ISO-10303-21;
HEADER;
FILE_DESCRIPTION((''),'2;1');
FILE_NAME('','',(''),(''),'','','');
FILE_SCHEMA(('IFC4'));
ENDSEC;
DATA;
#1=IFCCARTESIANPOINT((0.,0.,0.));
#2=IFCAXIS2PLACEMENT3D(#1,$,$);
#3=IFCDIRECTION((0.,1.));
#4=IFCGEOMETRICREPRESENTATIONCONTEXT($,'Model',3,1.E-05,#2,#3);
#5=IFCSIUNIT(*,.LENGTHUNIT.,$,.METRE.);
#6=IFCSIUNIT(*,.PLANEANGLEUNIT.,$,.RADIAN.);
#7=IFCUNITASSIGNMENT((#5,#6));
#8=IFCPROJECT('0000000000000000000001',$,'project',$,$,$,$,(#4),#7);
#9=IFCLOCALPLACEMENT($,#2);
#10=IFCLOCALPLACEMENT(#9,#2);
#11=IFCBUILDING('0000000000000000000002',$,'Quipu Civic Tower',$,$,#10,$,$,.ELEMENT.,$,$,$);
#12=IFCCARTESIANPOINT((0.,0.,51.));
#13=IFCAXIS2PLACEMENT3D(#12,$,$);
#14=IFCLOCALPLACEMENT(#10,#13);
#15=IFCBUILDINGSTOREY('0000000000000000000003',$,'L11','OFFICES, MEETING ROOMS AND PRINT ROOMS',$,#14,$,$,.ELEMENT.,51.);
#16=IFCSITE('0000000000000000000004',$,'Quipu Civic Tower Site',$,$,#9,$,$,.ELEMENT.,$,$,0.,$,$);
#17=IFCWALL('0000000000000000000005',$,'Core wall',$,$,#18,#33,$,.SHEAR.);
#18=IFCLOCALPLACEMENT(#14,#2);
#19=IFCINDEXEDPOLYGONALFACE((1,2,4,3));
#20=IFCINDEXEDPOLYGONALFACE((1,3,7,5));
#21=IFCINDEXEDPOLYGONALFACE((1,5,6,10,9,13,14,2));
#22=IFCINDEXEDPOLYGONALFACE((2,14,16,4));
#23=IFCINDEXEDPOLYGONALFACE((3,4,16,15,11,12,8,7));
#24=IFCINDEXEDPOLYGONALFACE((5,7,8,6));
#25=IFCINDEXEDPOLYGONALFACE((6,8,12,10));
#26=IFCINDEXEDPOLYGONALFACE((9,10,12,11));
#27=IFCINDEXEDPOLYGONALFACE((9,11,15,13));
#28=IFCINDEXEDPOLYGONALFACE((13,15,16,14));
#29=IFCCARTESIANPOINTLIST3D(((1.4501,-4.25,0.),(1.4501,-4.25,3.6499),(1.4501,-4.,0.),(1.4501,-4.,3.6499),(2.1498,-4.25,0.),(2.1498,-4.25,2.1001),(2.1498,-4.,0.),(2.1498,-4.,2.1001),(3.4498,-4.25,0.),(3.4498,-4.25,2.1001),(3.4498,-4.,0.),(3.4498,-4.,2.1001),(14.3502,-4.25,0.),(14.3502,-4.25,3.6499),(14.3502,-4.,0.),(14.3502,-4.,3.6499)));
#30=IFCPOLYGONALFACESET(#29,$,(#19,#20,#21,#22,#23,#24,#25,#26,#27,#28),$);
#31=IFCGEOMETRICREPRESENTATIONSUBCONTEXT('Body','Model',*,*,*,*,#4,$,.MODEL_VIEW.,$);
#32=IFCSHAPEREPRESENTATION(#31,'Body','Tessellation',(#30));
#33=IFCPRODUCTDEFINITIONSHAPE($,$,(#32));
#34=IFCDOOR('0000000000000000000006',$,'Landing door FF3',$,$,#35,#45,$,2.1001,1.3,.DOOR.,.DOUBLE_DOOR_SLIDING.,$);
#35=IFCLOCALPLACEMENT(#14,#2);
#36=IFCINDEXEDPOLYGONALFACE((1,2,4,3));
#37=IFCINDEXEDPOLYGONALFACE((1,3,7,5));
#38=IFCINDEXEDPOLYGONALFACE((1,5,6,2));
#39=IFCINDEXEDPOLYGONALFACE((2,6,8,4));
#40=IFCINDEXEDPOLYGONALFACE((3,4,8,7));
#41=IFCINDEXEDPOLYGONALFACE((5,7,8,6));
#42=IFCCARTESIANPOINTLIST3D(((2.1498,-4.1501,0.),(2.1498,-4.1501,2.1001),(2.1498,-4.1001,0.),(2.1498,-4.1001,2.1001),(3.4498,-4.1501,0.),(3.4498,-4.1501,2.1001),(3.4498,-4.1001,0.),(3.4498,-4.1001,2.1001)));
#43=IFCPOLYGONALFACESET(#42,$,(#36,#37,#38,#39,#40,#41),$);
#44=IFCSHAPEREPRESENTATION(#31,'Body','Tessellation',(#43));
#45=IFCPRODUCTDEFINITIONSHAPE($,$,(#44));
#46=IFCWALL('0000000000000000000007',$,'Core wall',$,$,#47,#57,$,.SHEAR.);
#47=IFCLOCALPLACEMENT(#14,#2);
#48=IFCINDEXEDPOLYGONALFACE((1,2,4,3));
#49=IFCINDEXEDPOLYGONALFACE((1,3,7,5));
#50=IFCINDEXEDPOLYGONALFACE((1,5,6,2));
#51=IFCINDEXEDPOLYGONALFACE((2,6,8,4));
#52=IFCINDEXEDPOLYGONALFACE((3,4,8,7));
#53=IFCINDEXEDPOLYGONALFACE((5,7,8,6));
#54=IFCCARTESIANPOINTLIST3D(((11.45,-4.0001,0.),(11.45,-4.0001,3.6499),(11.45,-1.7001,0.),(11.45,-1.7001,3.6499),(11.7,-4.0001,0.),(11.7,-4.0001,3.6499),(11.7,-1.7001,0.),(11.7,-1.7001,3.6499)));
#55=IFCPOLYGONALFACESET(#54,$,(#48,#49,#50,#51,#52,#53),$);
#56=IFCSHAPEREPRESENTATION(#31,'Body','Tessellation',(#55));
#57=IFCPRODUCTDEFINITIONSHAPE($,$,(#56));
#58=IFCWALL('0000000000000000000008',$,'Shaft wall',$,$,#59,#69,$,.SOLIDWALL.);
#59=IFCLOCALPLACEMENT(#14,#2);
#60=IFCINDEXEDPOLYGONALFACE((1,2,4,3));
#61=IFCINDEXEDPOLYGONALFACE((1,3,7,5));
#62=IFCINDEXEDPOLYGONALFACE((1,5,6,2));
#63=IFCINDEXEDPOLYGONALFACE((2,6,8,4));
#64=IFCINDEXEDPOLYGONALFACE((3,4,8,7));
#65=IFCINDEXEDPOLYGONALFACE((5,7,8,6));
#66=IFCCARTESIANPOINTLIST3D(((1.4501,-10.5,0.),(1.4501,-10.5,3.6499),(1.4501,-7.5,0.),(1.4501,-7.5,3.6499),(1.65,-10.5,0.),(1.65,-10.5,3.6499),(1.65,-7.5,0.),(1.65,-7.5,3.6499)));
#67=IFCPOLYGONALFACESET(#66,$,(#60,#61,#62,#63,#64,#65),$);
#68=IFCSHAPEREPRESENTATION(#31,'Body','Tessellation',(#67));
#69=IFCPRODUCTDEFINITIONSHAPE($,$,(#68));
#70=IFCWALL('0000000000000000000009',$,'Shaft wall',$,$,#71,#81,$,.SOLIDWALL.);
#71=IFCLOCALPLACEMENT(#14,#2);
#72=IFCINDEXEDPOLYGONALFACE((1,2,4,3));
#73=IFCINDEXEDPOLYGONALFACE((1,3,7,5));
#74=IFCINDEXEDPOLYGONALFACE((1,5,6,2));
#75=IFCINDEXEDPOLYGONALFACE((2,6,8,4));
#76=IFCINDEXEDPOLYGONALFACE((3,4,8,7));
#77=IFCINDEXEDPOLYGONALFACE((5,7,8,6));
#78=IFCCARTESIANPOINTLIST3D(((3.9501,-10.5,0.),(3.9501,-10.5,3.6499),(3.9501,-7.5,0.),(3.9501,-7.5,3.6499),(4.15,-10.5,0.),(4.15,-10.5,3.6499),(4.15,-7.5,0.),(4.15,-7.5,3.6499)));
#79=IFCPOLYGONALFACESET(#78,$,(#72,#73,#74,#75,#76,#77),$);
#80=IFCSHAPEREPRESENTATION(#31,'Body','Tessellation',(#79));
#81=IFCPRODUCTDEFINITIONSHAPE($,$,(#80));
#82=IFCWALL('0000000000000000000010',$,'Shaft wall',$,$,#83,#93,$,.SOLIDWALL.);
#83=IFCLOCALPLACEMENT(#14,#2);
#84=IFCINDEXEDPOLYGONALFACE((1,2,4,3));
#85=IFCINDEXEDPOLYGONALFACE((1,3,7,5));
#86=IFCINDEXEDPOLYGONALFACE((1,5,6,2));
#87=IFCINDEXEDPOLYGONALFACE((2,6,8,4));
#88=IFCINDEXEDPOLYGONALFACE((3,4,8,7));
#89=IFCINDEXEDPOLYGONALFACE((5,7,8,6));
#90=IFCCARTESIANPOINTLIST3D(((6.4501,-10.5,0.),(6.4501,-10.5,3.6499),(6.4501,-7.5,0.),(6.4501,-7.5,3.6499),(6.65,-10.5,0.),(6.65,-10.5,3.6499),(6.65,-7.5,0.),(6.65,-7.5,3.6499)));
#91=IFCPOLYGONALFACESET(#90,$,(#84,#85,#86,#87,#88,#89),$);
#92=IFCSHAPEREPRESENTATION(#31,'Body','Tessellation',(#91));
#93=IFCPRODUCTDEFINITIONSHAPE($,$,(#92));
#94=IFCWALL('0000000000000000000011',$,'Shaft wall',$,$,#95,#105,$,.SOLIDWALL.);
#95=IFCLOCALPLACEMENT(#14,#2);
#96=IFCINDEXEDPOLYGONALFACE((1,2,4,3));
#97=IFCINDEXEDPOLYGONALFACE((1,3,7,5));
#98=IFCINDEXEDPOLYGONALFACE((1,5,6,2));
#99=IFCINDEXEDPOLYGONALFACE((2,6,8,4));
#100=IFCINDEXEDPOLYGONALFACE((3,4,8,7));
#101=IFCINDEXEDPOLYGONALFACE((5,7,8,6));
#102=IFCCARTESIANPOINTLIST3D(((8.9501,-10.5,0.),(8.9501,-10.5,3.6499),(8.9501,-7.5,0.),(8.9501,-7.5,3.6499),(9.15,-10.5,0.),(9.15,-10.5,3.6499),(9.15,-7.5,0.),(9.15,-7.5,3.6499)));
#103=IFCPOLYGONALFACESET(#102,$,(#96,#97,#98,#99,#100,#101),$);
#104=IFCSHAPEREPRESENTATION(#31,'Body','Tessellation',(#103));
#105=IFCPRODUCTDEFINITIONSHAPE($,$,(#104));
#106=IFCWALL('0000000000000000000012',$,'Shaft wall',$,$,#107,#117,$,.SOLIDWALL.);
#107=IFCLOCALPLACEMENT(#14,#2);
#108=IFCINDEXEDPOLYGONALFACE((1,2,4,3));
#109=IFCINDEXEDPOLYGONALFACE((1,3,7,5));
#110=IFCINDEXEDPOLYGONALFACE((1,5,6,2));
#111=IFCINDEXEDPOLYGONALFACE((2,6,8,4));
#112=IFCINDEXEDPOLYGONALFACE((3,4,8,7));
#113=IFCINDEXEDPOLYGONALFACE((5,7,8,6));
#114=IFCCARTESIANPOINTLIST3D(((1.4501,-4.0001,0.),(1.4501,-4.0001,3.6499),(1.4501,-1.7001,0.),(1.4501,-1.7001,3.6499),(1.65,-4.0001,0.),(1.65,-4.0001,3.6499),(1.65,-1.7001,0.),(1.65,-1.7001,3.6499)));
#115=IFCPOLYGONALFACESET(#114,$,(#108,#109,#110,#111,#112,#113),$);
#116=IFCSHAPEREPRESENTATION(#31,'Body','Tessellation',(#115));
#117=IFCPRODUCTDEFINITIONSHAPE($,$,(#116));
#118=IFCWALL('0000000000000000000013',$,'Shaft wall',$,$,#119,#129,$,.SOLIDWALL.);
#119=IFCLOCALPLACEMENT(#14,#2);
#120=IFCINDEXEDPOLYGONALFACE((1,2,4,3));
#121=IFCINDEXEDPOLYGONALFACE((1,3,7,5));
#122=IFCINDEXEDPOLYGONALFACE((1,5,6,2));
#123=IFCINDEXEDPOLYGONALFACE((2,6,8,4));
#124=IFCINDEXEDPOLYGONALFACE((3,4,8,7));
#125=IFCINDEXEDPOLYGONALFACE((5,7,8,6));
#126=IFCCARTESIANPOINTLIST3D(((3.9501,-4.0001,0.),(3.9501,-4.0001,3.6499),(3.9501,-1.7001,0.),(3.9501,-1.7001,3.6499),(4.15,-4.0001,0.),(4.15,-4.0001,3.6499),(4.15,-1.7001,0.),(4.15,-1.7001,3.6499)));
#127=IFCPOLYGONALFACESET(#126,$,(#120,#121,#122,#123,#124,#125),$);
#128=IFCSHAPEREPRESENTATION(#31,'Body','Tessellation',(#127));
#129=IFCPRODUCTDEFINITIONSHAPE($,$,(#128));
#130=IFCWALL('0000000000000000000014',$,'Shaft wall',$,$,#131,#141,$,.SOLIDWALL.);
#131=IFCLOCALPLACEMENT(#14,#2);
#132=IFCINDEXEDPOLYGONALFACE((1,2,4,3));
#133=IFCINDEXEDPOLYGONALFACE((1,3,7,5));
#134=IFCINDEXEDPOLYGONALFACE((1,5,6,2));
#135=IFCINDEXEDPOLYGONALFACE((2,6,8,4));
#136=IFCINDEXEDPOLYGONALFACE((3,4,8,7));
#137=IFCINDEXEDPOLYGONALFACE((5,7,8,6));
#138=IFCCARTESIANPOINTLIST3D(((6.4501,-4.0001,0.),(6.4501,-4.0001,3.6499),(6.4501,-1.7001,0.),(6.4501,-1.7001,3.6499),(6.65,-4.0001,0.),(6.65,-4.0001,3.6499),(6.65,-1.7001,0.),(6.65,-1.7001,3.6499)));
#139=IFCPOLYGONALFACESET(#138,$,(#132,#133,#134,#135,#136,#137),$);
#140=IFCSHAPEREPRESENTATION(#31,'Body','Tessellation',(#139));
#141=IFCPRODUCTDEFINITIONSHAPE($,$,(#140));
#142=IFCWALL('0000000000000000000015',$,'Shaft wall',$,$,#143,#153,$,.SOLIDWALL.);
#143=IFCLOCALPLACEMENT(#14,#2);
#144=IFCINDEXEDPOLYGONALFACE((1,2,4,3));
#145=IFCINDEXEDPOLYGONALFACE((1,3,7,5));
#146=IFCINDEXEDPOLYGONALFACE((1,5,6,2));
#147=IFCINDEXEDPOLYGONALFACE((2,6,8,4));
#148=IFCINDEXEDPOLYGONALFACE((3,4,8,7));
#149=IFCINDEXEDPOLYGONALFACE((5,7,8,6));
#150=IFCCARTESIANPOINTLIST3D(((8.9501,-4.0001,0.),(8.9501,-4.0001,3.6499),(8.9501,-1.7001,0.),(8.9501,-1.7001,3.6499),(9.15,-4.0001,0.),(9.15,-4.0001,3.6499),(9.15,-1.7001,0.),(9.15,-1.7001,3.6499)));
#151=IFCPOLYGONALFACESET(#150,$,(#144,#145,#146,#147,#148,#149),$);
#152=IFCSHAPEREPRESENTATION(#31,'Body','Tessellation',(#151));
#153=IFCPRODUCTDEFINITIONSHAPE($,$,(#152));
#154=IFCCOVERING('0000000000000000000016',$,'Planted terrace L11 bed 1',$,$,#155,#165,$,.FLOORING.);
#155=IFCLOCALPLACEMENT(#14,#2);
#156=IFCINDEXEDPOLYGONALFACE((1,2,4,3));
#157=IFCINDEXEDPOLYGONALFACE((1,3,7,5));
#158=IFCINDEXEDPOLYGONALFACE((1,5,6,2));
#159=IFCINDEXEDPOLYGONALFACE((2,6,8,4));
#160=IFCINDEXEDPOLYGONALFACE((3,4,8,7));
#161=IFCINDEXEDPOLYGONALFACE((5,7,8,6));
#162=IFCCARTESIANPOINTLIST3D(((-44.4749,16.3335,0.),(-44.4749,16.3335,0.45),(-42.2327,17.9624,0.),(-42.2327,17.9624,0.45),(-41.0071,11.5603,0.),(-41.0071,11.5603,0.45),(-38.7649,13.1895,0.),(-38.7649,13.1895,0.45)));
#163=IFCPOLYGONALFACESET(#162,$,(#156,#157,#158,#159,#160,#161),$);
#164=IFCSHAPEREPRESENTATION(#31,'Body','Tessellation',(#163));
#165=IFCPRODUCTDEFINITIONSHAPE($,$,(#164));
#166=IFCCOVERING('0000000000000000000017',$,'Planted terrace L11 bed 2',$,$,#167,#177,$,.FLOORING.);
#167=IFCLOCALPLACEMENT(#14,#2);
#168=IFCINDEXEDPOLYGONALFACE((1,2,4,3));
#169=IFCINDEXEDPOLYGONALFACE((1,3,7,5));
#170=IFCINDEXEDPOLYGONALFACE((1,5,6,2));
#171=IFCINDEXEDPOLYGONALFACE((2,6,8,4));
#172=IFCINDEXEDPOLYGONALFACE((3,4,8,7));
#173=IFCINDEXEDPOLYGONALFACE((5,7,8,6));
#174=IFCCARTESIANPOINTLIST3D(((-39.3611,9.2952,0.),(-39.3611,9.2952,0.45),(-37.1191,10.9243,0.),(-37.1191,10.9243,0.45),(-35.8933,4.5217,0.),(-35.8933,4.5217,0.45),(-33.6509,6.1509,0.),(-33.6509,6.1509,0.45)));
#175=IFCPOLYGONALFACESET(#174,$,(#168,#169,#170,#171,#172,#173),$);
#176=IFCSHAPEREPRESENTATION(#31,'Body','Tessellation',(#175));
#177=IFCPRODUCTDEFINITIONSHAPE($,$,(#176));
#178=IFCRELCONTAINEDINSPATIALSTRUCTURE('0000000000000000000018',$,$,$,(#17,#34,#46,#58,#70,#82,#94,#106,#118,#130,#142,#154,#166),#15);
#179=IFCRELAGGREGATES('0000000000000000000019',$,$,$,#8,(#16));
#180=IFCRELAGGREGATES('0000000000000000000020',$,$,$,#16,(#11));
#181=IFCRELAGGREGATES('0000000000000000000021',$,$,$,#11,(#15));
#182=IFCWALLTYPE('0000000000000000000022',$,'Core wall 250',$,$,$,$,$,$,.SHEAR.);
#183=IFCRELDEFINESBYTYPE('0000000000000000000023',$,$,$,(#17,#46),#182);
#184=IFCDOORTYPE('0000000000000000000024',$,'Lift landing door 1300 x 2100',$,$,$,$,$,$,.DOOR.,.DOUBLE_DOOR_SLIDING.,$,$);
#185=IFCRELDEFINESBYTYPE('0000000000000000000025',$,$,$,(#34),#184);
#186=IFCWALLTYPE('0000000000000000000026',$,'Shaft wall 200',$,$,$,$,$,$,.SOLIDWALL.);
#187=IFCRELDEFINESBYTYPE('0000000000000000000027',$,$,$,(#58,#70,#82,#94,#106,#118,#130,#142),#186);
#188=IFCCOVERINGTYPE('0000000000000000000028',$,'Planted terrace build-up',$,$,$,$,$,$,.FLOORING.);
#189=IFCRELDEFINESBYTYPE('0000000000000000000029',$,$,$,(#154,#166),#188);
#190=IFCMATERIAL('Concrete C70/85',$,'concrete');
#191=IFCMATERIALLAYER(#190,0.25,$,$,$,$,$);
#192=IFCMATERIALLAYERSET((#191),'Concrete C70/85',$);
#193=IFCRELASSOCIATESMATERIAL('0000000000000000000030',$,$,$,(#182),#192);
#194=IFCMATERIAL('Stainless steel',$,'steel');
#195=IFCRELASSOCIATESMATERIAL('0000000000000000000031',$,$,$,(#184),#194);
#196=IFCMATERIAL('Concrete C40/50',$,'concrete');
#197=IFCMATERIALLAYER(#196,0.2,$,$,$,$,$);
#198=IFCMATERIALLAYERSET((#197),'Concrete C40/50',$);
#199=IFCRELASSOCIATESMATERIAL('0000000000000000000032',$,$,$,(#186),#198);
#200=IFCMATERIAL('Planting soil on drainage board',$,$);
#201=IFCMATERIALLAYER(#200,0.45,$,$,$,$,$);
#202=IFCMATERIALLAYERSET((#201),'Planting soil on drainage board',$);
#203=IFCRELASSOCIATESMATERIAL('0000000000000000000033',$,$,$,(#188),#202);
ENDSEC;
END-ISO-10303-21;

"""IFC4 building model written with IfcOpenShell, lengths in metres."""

from ifc_helpers import new_model, si_unit, direction, frame, frame_2d, origin, place, context, subcontext, project, spatial, polyline, rectangle, outline, extrude, material, layer, layer_set, type_object, element, fill, save


model = new_model("IFC4")

# Units and contexts
model_context = context("Model", 3, precision=1e-05, world=origin(), true_north=direction((0.0, 1.0)))
body_context = subcontext(model_context, "Body", "Model", "MODEL_VIEW")
ifc_project = project(units=[si_unit("LENGTHUNIT", "METRE"), si_unit("PLANEANGLEUNIT", "RADIAN")], contexts=[model_context])

# Site, building, storey
site_placement = place(None, origin())
site = spatial("IfcSite", under=ifc_project, at=site_placement, Name="Quipu Civic Tower Site", CompositionType="ELEMENT", RefElevation=0.0)
building_placement = place(site_placement, origin())
building = spatial("IfcBuilding", under=site, at=building_placement, Name="Quipu Civic Tower", CompositionType="ELEMENT")
storey_placement = place(building_placement, frame((0.0, 0.0, 51.0)))
storey = spatial("IfcBuildingStorey", under=building, at=storey_placement, Name="L11", Description="OFFICES, MEETING ROOMS AND PRINT ROOMS", CompositionType="ELEMENT", Elevation=51.0)

# Shared definitions
ifc_material_1 = material(Name="Concrete C70/85", Category="concrete")
ifc_layer_1 = layer(ifc_material_1, 0.25)
ifc_layer_set_1 = layer_set([ifc_layer_1], Name="Concrete C70/85")
wall_type_1 = type_object("IfcWallType", Name="Core wall 250", PredefinedType="SHEAR", material=ifc_layer_set_1)

# Wall, opening, door
wall_1_placement = place(storey_placement, frame((1.45, -4.125, 0.0), z_axis=(0.0, 0.0, 1.0), x_axis=(1.0, 0.0, 0.0)))
wall_1 = element("IfcWall", 1, at=wall_1_placement, inside=storey, type_object=wall_type_1, Name="Core wall", PredefinedType="SHEAR", context=body_context, shape_type="SweptSolid", body=[
    extrude(rectangle(XDim=12.9001, YDim=0.25, at=frame_2d((6.4502, 0.0))), origin(), (0.0, 0.0, 1.0), 3.6499),
])
opening_placement = place(wall_1_placement, frame((0.7, 0.0, 0.0)))
opening = element("IfcOpeningElement", 2, at=opening_placement, cuts=wall_1, PredefinedType="OPENING", context=body_context, shape_type="SweptSolid", body=[
    extrude(rectangle(XDim=1.3, YDim=2.1001, at=frame_2d((0.6499, 1.05))), frame((0.0, 0.135, 0.0), z_axis=(0.0, -1.0, 0.0), x_axis=(1.0, 0.0, 0.0)), (0.0, 0.0, 1.0), 0.27),
])
ifc_material_2 = material(Name="Stainless steel", Category="steel")
door_type = type_object("IfcDoorType", Name="Lift landing door 1300 x 2100", OperationType="DOUBLE_DOOR_SLIDING", PredefinedType="DOOR", material=ifc_material_2)
door_placement = place(opening_placement, origin())
door = element("IfcDoor", 3, at=door_placement, inside=storey, type_object=door_type, Name="Landing door FF3", OperationType="DOUBLE_DOOR_SLIDING", OverallHeight=2.1001, OverallWidth=1.3, PredefinedType="DOOR", context=body_context, shape_type="SweptSolid", body=[
    extrude(rectangle(XDim=1.3, YDim=2.1001, at=frame_2d((0.6499, 1.05))), frame((0.0, 0.0249, 0.0), z_axis=(0.0, -1.0, 0.0), x_axis=(1.0, 0.0, 0.0)), (0.0, 0.0, 1.0), 0.05),
])
fill(opening, door)

# Walls
wall_2_placement = place(storey_placement, frame((11.575, -4.0, 0.0), z_axis=(0.0, 0.0, 1.0), x_axis=(0.0, 1.0, 0.0)))
element("IfcWall", 4, at=wall_2_placement, inside=storey, type_object=wall_type_1, Name="Core wall", PredefinedType="SHEAR", context=body_context, shape_type="SweptSolid", body=[
    extrude(rectangle(XDim=2.3, YDim=0.25, at=frame_2d((1.1499, 0.0))), origin(), (0.0, 0.0, 1.0), 3.6499),
])
ifc_material_3 = material(Name="Concrete C40/50", Category="concrete")
ifc_layer_2 = layer(ifc_material_3, 0.2)
ifc_layer_set_2 = layer_set([ifc_layer_2], Name="Concrete C40/50")
wall_type_2 = type_object("IfcWallType", Name="Shaft wall 200", PredefinedType="SOLIDWALL", material=ifc_layer_set_2)
for number, where, z_axis, x_axis, name in (
    (5, (1.55, -10.5, 0.0), (0.0, 0.0, 1.0), (0.0, 1.0, 0.0), "Shaft wall"),
    (6, (4.05, -10.5, 0.0), (0.0, 0.0, 1.0), (0.0, 1.0, 0.0), "Shaft wall"),
    (7, (6.55, -10.5, 0.0), (0.0, 0.0, 1.0), (0.0, 1.0, 0.0), "Shaft wall"),
    (8, (9.05, -10.5, 0.0), (0.0, 0.0, 1.0), (0.0, 1.0, 0.0), "Shaft wall"),
):
    element("IfcWall", number, at=place(storey_placement, frame(where, z_axis=z_axis, x_axis=x_axis)), inside=storey, type_object=wall_type_2, Name=name, PredefinedType="SOLIDWALL", context=body_context, shape_type="SweptSolid", body=[
        extrude(rectangle(XDim=3.0, YDim=0.2, at=frame_2d((1.5, 0.0))), origin(), (0.0, 0.0, 1.0), 3.6499),
    ])
for number, where, z_axis, x_axis, name in (
    (9, (1.55, -4.0, 0.0), (0.0, 0.0, 1.0), (0.0, 1.0, 0.0), "Shaft wall"),
    (10, (4.05, -4.0, 0.0), (0.0, 0.0, 1.0), (0.0, 1.0, 0.0), "Shaft wall"),
    (11, (6.55, -4.0, 0.0), (0.0, 0.0, 1.0), (0.0, 1.0, 0.0), "Shaft wall"),
    (12, (9.05, -4.0, 0.0), (0.0, 0.0, 1.0), (0.0, 1.0, 0.0), "Shaft wall"),
):
    element("IfcWall", number, at=place(storey_placement, frame(where, z_axis=z_axis, x_axis=x_axis)), inside=storey, type_object=wall_type_2, Name=name, PredefinedType="SOLIDWALL", context=body_context, shape_type="SweptSolid", body=[
        extrude(rectangle(XDim=2.3, YDim=0.2, at=frame_2d((1.1499, 0.0))), origin(), (0.0, 0.0, 1.0), 3.6499),
    ])

# Coverings
ifc_material_4 = material(Name="Planting soil on drainage board")
ifc_layer_3 = layer(ifc_material_4, 0.45)
ifc_layer_set_3 = layer_set([ifc_layer_3], Name="Planting soil on drainage board")
covering_type_1 = type_object("IfcCoveringType", Name="Planted terrace build-up", PredefinedType="FLOORING", material=ifc_layer_set_3)
covering_1_placement = place(storey_placement, origin())
element("IfcCovering", 13, at=covering_1_placement, inside=storey, type_object=covering_type_1, Name="Planted terrace L11 bed 1", PredefinedType="FLOORING", context=body_context, shape_type="SweptSolid", body=[
    extrude(outline(polyline([(-44.4749, 16.3335), (-42.2327, 17.9624), (-38.7649, 13.1895), (-41.0071, 11.5603), (-44.4749, 16.3335)])), origin(), (0.0, 0.0, 1.0), 0.45),
])
covering_2_placement = place(storey_placement, origin())
element("IfcCovering", 14, at=covering_2_placement, inside=storey, type_object=covering_type_1, Name="Planted terrace L11 bed 2", PredefinedType="FLOORING", context=body_context, shape_type="SweptSolid", body=[
    extrude(outline(polyline([(-39.3611, 9.2952), (-37.1191, 10.9243), (-33.6509, 6.1509), (-35.8933, 4.5217), (-39.3611, 9.2952)])), origin(), (0.0, 0.0, 1.0), 0.45),
])

save(model, "model.ifc")
